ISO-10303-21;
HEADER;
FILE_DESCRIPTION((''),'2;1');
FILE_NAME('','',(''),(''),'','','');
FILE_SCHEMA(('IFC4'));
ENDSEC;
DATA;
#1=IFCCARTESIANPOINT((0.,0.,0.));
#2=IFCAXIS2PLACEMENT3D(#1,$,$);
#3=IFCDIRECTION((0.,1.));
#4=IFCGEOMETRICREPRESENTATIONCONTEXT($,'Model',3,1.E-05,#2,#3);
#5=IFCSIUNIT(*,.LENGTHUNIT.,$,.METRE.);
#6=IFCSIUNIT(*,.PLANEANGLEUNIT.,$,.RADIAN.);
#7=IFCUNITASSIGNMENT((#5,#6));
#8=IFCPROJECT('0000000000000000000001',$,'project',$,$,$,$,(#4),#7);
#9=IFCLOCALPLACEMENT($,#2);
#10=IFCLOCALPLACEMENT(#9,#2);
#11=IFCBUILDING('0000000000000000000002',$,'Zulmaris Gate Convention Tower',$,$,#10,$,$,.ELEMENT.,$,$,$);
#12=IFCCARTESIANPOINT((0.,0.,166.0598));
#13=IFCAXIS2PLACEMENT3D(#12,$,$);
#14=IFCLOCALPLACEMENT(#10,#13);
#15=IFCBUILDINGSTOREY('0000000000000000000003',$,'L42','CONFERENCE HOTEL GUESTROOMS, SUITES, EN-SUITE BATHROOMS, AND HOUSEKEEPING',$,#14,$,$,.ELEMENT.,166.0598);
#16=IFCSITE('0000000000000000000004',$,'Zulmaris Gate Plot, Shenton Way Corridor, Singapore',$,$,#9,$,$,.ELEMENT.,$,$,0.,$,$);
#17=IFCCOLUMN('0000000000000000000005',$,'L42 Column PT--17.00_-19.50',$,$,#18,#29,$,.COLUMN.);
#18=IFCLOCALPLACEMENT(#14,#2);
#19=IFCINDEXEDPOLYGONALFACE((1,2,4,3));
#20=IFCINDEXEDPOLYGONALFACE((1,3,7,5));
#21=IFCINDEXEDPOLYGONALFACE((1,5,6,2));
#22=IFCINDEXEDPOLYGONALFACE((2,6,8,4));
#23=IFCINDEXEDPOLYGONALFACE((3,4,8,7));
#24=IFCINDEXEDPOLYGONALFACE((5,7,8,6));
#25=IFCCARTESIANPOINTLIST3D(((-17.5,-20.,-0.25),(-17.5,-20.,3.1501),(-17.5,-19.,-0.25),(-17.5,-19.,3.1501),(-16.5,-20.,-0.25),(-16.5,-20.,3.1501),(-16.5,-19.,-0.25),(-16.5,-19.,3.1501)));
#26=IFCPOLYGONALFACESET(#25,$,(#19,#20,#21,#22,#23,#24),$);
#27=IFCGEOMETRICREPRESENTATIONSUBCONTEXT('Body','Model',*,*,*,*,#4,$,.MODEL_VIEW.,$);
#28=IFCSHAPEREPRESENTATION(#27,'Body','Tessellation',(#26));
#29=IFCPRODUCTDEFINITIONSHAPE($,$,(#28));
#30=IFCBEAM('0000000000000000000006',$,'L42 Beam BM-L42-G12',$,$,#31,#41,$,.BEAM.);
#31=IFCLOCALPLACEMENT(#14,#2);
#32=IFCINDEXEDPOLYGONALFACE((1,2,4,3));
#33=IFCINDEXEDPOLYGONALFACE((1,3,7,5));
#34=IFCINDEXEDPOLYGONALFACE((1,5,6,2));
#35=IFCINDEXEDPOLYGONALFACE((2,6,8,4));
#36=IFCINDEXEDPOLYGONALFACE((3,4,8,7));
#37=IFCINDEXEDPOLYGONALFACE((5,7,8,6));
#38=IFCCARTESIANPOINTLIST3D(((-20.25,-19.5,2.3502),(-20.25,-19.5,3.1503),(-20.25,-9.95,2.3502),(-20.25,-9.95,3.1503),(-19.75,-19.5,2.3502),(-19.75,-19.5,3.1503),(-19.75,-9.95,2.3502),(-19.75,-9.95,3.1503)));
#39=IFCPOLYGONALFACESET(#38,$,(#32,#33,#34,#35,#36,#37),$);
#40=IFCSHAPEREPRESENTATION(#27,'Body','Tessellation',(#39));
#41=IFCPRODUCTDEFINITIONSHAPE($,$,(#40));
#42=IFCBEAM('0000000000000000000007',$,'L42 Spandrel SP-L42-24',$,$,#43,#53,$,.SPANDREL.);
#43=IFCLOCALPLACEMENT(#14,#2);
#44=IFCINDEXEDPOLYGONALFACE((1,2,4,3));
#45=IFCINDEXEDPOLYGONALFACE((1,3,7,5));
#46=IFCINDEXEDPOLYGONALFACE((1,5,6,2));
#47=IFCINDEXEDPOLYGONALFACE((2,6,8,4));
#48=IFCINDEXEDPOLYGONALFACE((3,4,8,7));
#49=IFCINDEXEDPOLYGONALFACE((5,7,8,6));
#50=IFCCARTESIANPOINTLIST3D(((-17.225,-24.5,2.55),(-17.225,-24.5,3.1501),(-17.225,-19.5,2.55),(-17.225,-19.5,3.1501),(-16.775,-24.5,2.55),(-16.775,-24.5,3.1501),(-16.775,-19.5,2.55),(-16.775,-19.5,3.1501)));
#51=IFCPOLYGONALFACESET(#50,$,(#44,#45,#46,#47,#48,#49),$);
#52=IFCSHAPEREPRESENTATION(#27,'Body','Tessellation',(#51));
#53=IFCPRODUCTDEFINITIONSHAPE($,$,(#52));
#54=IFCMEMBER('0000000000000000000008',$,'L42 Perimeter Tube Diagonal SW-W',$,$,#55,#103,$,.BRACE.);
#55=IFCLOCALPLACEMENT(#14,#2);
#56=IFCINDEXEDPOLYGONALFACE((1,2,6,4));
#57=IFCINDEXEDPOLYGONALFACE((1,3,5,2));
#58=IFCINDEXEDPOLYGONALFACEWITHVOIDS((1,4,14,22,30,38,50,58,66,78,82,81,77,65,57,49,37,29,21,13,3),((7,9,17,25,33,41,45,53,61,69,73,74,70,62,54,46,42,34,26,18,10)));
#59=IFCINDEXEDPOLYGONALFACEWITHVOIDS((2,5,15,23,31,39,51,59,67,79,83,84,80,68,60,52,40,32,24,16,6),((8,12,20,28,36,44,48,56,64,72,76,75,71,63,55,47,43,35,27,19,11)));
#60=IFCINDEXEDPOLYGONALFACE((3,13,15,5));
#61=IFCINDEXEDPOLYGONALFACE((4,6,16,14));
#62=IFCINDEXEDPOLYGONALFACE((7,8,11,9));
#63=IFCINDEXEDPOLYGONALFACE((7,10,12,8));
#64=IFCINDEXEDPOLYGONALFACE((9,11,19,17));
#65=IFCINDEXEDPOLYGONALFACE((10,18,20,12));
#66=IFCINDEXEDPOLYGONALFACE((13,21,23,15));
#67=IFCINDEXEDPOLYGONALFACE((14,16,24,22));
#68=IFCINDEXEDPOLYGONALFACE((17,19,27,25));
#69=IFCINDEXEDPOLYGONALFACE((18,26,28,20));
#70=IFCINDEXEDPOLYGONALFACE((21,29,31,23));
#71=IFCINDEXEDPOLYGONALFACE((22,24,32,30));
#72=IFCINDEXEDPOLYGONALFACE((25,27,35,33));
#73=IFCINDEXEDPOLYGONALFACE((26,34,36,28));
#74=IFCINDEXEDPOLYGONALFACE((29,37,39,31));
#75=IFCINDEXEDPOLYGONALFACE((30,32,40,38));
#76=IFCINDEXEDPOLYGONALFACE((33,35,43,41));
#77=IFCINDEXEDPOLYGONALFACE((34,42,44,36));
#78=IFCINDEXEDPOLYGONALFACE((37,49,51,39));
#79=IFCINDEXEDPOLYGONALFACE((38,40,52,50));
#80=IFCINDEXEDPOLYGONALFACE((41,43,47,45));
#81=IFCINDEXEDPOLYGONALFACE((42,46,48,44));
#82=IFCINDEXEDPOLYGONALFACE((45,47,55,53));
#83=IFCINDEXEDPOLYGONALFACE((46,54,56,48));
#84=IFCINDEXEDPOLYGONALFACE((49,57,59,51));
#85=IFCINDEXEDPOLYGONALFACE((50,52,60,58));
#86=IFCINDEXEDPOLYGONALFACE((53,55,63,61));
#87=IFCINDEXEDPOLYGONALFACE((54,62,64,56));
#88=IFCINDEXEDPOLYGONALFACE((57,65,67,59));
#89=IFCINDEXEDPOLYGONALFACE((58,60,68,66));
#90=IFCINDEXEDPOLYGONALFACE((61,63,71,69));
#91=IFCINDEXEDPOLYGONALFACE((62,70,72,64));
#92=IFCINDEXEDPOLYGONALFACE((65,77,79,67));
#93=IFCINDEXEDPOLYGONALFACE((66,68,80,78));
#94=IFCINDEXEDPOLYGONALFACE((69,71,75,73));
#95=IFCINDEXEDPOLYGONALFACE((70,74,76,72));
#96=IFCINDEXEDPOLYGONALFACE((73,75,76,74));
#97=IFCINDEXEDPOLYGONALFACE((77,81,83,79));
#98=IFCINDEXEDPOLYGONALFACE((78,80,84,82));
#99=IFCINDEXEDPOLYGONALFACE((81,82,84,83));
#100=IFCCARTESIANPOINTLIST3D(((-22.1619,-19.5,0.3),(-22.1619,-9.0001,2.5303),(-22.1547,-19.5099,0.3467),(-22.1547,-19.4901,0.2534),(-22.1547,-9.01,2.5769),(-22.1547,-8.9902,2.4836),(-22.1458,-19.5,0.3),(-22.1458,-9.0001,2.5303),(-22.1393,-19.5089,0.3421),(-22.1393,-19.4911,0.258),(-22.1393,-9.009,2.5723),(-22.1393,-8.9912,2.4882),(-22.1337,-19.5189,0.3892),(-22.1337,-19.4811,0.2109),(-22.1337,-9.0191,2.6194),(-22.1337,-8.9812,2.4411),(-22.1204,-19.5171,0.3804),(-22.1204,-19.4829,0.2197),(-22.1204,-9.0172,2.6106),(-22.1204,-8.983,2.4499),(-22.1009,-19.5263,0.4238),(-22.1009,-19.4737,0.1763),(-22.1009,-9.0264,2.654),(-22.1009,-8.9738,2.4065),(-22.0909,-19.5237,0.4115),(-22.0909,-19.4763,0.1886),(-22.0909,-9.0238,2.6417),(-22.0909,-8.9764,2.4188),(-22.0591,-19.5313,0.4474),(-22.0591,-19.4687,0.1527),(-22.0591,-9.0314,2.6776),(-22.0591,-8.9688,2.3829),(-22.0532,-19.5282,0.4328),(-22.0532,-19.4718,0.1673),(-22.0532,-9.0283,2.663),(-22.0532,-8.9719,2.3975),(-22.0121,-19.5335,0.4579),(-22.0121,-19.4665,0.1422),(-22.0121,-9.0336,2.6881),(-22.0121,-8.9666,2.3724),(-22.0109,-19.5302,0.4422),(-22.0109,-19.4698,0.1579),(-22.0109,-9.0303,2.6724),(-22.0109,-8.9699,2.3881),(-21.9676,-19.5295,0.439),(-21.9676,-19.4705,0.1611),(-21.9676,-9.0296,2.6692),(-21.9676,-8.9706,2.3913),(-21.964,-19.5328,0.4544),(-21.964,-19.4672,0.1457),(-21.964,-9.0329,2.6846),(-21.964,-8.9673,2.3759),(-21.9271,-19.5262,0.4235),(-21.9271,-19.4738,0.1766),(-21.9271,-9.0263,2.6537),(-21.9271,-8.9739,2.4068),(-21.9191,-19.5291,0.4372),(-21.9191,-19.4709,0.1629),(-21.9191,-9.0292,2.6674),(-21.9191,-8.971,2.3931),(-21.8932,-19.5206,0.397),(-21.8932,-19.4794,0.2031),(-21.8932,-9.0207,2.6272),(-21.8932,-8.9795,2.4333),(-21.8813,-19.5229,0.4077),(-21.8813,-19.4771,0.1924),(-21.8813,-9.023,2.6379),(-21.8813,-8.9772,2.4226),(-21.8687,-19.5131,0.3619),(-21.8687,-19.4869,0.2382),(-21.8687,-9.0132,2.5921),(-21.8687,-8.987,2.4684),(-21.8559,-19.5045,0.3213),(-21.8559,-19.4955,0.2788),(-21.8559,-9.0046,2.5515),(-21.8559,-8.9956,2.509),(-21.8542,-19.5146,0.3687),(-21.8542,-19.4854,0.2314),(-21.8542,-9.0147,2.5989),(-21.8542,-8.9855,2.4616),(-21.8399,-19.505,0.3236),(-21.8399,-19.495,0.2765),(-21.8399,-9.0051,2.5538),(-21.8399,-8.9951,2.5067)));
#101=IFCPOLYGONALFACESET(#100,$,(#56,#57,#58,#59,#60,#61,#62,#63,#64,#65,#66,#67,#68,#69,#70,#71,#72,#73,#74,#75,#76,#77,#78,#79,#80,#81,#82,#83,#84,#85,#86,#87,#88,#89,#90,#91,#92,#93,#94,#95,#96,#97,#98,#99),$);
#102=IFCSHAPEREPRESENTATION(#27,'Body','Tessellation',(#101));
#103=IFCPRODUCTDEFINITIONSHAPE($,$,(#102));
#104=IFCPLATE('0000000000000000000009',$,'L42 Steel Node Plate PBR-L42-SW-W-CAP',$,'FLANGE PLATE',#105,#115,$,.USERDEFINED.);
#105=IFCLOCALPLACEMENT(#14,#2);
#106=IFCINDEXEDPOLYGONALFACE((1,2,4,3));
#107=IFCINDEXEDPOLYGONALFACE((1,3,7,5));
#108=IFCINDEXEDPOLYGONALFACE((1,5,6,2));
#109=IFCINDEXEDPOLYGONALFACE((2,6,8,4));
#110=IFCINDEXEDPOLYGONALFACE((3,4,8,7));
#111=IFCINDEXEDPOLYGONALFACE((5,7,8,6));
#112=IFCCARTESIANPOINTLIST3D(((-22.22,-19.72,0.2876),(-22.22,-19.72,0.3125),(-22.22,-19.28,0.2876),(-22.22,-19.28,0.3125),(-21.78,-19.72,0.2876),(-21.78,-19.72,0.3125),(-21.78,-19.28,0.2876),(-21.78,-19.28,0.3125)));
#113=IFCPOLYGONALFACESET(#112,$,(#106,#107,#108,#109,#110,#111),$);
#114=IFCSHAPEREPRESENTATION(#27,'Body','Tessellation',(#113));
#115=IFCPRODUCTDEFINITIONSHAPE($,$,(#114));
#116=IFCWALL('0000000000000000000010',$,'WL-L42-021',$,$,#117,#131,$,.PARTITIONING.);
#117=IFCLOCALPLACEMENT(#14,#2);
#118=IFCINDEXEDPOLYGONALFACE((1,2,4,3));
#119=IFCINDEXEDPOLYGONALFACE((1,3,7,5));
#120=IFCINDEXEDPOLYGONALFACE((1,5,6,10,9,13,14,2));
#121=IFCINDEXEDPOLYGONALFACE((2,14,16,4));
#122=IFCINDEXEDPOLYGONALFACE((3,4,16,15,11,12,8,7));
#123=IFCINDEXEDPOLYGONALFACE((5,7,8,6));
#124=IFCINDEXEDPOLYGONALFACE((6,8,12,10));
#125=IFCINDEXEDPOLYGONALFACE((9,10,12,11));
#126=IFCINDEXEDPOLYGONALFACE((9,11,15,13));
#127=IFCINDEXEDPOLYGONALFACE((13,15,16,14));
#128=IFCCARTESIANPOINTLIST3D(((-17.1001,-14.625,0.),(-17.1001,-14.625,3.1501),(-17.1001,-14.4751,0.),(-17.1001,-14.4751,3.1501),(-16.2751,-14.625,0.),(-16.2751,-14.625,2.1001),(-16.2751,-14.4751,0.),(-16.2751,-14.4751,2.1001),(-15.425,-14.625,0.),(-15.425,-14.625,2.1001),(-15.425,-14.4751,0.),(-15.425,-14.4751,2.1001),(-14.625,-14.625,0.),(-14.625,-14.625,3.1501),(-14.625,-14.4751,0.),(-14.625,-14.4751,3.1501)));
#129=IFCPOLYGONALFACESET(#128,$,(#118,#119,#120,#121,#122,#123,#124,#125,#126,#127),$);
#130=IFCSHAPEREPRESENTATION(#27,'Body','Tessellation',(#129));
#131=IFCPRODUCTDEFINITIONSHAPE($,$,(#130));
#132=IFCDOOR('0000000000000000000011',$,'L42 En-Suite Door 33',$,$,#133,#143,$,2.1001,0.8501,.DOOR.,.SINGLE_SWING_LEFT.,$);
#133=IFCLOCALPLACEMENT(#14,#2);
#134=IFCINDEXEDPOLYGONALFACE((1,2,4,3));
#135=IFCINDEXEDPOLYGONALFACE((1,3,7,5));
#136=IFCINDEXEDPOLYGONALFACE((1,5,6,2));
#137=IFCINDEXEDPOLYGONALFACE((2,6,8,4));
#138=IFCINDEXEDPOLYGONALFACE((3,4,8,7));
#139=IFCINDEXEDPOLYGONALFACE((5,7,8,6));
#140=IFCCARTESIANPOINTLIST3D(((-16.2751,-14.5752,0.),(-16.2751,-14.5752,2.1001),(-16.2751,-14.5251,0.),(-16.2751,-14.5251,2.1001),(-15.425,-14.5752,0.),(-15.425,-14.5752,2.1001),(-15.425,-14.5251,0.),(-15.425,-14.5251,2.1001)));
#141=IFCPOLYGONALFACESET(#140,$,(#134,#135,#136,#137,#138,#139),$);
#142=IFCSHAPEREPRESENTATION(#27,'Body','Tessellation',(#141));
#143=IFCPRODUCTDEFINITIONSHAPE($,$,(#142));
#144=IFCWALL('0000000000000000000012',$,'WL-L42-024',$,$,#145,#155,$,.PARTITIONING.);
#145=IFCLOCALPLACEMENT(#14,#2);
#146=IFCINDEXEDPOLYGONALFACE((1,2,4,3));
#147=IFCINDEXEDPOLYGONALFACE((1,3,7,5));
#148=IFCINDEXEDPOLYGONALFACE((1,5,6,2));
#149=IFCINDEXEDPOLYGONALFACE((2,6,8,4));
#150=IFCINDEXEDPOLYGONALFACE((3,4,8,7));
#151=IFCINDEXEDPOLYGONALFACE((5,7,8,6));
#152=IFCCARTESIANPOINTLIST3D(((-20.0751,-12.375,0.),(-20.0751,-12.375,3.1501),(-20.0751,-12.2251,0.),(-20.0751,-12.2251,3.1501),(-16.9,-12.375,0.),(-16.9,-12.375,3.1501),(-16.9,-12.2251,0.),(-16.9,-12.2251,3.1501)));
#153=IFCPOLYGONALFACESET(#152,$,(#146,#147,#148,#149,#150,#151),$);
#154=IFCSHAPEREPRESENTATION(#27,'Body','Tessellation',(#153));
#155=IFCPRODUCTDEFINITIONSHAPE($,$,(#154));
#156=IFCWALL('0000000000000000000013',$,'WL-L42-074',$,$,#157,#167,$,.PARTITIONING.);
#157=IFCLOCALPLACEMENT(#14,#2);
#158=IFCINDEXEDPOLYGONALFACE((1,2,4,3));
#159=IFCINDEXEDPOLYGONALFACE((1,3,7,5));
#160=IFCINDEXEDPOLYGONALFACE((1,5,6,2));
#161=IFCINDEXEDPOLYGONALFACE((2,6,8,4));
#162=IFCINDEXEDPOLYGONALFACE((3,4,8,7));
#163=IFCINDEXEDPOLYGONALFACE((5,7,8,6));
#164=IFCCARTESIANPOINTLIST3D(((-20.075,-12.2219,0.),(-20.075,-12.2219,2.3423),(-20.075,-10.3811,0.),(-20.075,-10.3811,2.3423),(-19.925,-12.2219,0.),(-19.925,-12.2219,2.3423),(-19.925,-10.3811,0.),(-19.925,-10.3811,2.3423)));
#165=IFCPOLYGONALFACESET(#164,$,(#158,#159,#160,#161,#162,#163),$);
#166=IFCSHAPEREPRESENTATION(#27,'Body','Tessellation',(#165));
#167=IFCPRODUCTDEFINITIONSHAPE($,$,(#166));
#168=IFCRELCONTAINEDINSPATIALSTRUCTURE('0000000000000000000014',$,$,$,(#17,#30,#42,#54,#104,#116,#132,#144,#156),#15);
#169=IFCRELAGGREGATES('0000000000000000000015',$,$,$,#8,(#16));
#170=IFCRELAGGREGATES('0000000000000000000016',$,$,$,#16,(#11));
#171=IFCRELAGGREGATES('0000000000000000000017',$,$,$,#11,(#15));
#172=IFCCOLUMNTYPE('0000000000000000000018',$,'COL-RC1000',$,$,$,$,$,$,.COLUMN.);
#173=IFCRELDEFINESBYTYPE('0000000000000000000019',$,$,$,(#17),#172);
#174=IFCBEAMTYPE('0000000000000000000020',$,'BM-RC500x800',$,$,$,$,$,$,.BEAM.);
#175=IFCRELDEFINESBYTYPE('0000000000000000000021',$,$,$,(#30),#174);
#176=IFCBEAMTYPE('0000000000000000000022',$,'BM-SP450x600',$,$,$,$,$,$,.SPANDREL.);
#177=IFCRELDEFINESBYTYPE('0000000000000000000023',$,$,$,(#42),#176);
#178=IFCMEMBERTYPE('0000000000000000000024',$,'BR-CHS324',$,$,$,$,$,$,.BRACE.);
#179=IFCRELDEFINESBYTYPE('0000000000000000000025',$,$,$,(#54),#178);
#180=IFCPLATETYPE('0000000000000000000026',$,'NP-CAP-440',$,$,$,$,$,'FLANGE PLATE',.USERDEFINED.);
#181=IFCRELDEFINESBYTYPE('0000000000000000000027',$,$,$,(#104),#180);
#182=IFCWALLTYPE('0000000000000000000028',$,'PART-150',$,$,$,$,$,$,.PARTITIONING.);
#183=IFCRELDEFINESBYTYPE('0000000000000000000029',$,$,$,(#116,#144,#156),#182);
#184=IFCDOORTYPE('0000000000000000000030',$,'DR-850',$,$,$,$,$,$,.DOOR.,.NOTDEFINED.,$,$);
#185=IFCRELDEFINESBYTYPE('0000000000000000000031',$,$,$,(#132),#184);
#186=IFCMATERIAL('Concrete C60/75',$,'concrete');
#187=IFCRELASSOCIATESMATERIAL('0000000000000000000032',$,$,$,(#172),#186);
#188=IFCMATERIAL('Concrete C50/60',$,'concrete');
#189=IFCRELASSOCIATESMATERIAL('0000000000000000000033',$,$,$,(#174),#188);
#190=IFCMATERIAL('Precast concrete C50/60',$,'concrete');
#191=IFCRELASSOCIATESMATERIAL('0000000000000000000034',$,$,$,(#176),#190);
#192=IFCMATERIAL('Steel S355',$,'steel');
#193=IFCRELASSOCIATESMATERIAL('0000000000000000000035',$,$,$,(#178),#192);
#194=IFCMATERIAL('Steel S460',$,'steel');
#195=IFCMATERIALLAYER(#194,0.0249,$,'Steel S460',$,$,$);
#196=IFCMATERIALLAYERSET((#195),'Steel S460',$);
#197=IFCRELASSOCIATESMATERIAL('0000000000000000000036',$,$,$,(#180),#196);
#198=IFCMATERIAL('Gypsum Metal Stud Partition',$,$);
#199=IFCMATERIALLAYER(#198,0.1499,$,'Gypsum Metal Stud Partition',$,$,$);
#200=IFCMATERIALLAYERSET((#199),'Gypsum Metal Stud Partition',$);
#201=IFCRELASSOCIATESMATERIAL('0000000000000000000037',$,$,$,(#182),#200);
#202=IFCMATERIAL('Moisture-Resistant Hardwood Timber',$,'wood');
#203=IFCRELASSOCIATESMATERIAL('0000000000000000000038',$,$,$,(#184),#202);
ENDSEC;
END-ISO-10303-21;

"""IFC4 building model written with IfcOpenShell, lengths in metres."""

from ifc_helpers import new_model, si_unit, direction, frame, frame_2d, origin, origin_2d, place, context, subcontext, project, spatial, rectangle, hollow_circle, extrude, material, layer, layer_set, material_profile, profile_set, type_object, element, fill, save


model = new_model("IFC4")

# Units and contexts
model_context = context("Model", 3, precision=1e-05, world=origin(), true_north=direction((0.0, 1.0)))
body_context = subcontext(model_context, "Body", "Model", "MODEL_VIEW")
ifc_project = project(units=[si_unit("LENGTHUNIT", "METRE"), si_unit("PLANEANGLEUNIT", "RADIAN")], contexts=[model_context])

# Site, building, storey
site_placement = place(None, origin())
site = spatial("IfcSite", under=ifc_project, at=site_placement, Name="Zulmaris Gate Plot, Shenton Way Corridor, Singapore", CompositionType="ELEMENT", RefElevation=0.0)
building_placement = place(site_placement, origin())
building = spatial("IfcBuilding", under=site, at=building_placement, Name="Zulmaris Gate Convention Tower", CompositionType="ELEMENT")
storey_placement = place(building_placement, frame((0.0, 0.0, 166.0598)))
storey = spatial("IfcBuildingStorey", under=building, at=storey_placement, Name="L42", Description="CONFERENCE HOTEL GUESTROOMS, SUITES, EN-SUITE BATHROOMS, AND HOUSEKEEPING", CompositionType="ELEMENT", Elevation=166.0598)

# Column
ifc_material_1 = material(Name="Concrete C60/75", Category="concrete")
ifc_material_profile_1 = material_profile(ifc_material_1, rectangle(XDim=1.0, YDim=1.0, at=origin_2d()), Name="RC COL 1000x1000")
ifc_profile_set_1 = profile_set([ifc_material_profile_1], Name="Concrete C60/75")
column_type = type_object("IfcColumnType", Name="COL-RC1000", PredefinedType="COLUMN", material=ifc_profile_set_1)
column_placement = place(storey_placement, frame((-17.0, -19.5, -0.25), z_axis=(0.0, 0.0, 1.0), x_axis=(1.0, 0.0, 0.0)))
element("IfcColumn", 1, at=column_placement, inside=storey, type_object=column_type, Name="L42 Column PT--17.00_-19.50", PredefinedType="COLUMN", context=body_context, shape_type="SweptSolid", body=[
    extrude(rectangle(XDim=1.0, YDim=1.0, at=origin_2d()), origin(), (0.0, 0.0, 1.0), 3.4001),
])

# Beams
ifc_material_2 = material(Name="Concrete C50/60", Category="concrete")
ifc_material_profile_2 = material_profile(ifc_material_2, rectangle(XDim=0.5, YDim=0.8, at=origin_2d()), Name="RC BEAM 500x800")
ifc_profile_set_2 = profile_set([ifc_material_profile_2], Name="Concrete C50/60")
beam_type_1 = type_object("IfcBeamType", Name="BM-RC500x800", PredefinedType="BEAM", material=ifc_profile_set_2)
beam_1_placement = place(storey_placement, frame((-20.0, -19.5, 2.7502), z_axis=(0.0, 1.0, 0.0), x_axis=(-1.0, 0.0, 0.0)))
element("IfcBeam", 2, at=beam_1_placement, inside=storey, type_object=beam_type_1, Name="L42 Beam BM-L42-G12", PredefinedType="BEAM", context=body_context, shape_type="SweptSolid", body=[
    extrude(rectangle(XDim=0.5, YDim=0.8, at=origin_2d()), origin(), (0.0, 0.0, 1.0), 9.55),
])
ifc_material_3 = material(Name="Precast concrete C50/60", Category="concrete")
ifc_material_profile_3 = material_profile(ifc_material_3, rectangle(XDim=0.45, YDim=0.6001, at=origin_2d()), Name="RC SPANDREL 450x600")
ifc_profile_set_3 = profile_set([ifc_material_profile_3], Name="Precast concrete C50/60")
beam_type_2 = type_object("IfcBeamType", Name="BM-SP450x600", PredefinedType="SPANDREL", material=ifc_profile_set_3)
beam_2_placement = place(storey_placement, frame((-17.0, -19.5, 2.8501), z_axis=(0.0, -1.0, 0.0), x_axis=(1.0, 0.0, 0.0)))
element("IfcBeam", 3, at=beam_2_placement, inside=storey, type_object=beam_type_2, Name="L42 Spandrel SP-L42-24", PredefinedType="SPANDREL", context=body_context, shape_type="SweptSolid", body=[
    extrude(rectangle(XDim=0.45, YDim=0.6001, at=origin_2d()), origin(), (0.0, 0.0, 1.0), 5.0),
])

# Member
ifc_material_4 = material(Name="Steel S355", Category="steel")
ifc_material_profile_4 = material_profile(ifc_material_4, hollow_circle(Radius=0.1619, WallThickness=0.0161, at=origin_2d()), Name="CHS 323.9x16")
ifc_profile_set_4 = profile_set([ifc_material_profile_4], Name="Steel S355")
member_type = type_object("IfcMemberType", Name="BR-CHS324", PredefinedType="BRACE", material=ifc_profile_set_4)
member_placement = place(storey_placement, frame((-22.0, -19.5, 0.3), z_axis=(0.0, 0.978178, 0.207767), x_axis=(-1.0, 0.0, 0.0)))
element("IfcMember", 4, at=member_placement, inside=storey, type_object=member_type, Name="L42 Perimeter Tube Diagonal SW-W", PredefinedType="BRACE", context=body_context, shape_type="SweptSolid", body=[
    extrude(hollow_circle(Radius=0.1619, WallThickness=0.0161, at=origin_2d()), origin(), (0.0, 0.0, 1.0), 10.7341),
])

# Plate
ifc_material_5 = material(Name="Steel S460", Category="steel")
ifc_layer_1 = layer(ifc_material_5, 0.0249, Name="Steel S460")
ifc_layer_set_1 = layer_set([ifc_layer_1], Name="Steel S460")
plate_type = type_object("IfcPlateType", Name="NP-CAP-440", ElementType="FLANGE PLATE", PredefinedType="USERDEFINED", material=ifc_layer_set_1)
plate_placement = place(storey_placement, frame((-22.0, -19.5, 0.2876), z_axis=(0.0, 0.0, 1.0), x_axis=(1.0, 0.0, 0.0)))
element("IfcPlate", 5, at=plate_placement, inside=storey, type_object=plate_type, Name="L42 Steel Node Plate PBR-L42-SW-W-CAP", ObjectType="FLANGE PLATE", PredefinedType="USERDEFINED", context=body_context, shape_type="SweptSolid", body=[
    extrude(rectangle(XDim=0.4399, YDim=0.4399, at=origin_2d()), origin(), (0.0, 0.0, 1.0), 0.0249),
])

# Wall, opening, door
ifc_material_6 = material(Name="Gypsum Metal Stud Partition")
ifc_layer_2 = layer(ifc_material_6, 0.1499, Name="Gypsum Metal Stud Partition")
ifc_layer_set_2 = layer_set([ifc_layer_2], Name="Gypsum Metal Stud Partition")
wall_type_1 = type_object("IfcWallType", Name="PART-150", PredefinedType="PARTITIONING", material=ifc_layer_set_2)
wall_1_placement = place(storey_placement, frame((-17.1001, -14.55, 0.0), z_axis=(0.0, 0.0, 1.0), x_axis=(1.0, 0.0, 0.0)))
wall_1 = element("IfcWall", 6, at=wall_1_placement, inside=storey, type_object=wall_type_1, Name="WL-L42-021", PredefinedType="PARTITIONING", context=body_context, shape_type="SweptSolid", body=[
    extrude(rectangle(XDim=2.4751, YDim=0.1499, at=frame_2d((1.2375, 0.0))), origin(), (0.0, 0.0, 1.0), 3.1501),
])
opening_1_placement = place(wall_1_placement, frame((0.825, 0.0, 0.0)))
opening_1 = element("IfcOpeningElement", 7, at=opening_1_placement, cuts=wall_1, PredefinedType="OPENING", context=body_context, shape_type="SweptSolid", body=[
    extrude(rectangle(XDim=0.8501, YDim=2.1001, at=frame_2d((0.425, 1.05))), frame((0.0, 0.085, 0.0), z_axis=(0.0, -1.0, 0.0), x_axis=(1.0, 0.0, 0.0)), (0.0, 0.0, 1.0), 0.1699),
])
ifc_material_7 = material(Name="Moisture-Resistant Hardwood Timber", Category="wood")
door_type_1 = type_object("IfcDoorType", Name="DR-850", OperationType="NOTDEFINED", PredefinedType="DOOR", material=ifc_material_7)
door_1_placement = place(opening_1_placement, origin())
door_1 = element("IfcDoor", 8, at=door_1_placement, inside=storey, type_object=door_type_1, Name="L42 En-Suite Door 33", OperationType="SINGLE_SWING_LEFT", OverallHeight=2.1001, OverallWidth=0.8501, PredefinedType="DOOR", context=body_context, shape_type="SweptSolid", body=[
    extrude(rectangle(XDim=0.8501, YDim=2.1001, at=frame_2d((0.425, 1.05))), frame((0.0, 0.0249, 0.0), z_axis=(0.0, -1.0, 0.0), x_axis=(1.0, 0.0, 0.0)), (0.0, 0.0, 1.0), 0.05),
])
fill(opening_1, door_1)

# Walls
wall_2_placement = place(storey_placement, frame((-20.075, -12.3, 0.0), z_axis=(0.0, 0.0, 1.0), x_axis=(1.0, 0.0, 0.0)))
element("IfcWall", 9, at=wall_2_placement, inside=storey, type_object=wall_type_1, Name="WL-L42-024", PredefinedType="PARTITIONING", context=body_context, shape_type="SweptSolid", body=[
    extrude(rectangle(XDim=3.175, YDim=0.1499, at=frame_2d((1.5874, 0.0))), origin(), (0.0, 0.0, 1.0), 3.1501),
])
wall_3_placement = place(storey_placement, frame((-20.0, -12.2219, 0.0), z_axis=(0.0, 0.0, 1.0), x_axis=(0.0, 1.0, 0.0)))
element("IfcWall", 10, at=wall_3_placement, inside=storey, type_object=wall_type_1, Name="WL-L42-074", PredefinedType="PARTITIONING", context=body_context, shape_type="SweptSolid", body=[
    extrude(rectangle(XDim=1.8408, YDim=0.1499, at=frame_2d((0.9204, 0.0))), origin(), (0.0, 0.0, 1.0), 2.3423),
])

save(model, "model.ifc")
